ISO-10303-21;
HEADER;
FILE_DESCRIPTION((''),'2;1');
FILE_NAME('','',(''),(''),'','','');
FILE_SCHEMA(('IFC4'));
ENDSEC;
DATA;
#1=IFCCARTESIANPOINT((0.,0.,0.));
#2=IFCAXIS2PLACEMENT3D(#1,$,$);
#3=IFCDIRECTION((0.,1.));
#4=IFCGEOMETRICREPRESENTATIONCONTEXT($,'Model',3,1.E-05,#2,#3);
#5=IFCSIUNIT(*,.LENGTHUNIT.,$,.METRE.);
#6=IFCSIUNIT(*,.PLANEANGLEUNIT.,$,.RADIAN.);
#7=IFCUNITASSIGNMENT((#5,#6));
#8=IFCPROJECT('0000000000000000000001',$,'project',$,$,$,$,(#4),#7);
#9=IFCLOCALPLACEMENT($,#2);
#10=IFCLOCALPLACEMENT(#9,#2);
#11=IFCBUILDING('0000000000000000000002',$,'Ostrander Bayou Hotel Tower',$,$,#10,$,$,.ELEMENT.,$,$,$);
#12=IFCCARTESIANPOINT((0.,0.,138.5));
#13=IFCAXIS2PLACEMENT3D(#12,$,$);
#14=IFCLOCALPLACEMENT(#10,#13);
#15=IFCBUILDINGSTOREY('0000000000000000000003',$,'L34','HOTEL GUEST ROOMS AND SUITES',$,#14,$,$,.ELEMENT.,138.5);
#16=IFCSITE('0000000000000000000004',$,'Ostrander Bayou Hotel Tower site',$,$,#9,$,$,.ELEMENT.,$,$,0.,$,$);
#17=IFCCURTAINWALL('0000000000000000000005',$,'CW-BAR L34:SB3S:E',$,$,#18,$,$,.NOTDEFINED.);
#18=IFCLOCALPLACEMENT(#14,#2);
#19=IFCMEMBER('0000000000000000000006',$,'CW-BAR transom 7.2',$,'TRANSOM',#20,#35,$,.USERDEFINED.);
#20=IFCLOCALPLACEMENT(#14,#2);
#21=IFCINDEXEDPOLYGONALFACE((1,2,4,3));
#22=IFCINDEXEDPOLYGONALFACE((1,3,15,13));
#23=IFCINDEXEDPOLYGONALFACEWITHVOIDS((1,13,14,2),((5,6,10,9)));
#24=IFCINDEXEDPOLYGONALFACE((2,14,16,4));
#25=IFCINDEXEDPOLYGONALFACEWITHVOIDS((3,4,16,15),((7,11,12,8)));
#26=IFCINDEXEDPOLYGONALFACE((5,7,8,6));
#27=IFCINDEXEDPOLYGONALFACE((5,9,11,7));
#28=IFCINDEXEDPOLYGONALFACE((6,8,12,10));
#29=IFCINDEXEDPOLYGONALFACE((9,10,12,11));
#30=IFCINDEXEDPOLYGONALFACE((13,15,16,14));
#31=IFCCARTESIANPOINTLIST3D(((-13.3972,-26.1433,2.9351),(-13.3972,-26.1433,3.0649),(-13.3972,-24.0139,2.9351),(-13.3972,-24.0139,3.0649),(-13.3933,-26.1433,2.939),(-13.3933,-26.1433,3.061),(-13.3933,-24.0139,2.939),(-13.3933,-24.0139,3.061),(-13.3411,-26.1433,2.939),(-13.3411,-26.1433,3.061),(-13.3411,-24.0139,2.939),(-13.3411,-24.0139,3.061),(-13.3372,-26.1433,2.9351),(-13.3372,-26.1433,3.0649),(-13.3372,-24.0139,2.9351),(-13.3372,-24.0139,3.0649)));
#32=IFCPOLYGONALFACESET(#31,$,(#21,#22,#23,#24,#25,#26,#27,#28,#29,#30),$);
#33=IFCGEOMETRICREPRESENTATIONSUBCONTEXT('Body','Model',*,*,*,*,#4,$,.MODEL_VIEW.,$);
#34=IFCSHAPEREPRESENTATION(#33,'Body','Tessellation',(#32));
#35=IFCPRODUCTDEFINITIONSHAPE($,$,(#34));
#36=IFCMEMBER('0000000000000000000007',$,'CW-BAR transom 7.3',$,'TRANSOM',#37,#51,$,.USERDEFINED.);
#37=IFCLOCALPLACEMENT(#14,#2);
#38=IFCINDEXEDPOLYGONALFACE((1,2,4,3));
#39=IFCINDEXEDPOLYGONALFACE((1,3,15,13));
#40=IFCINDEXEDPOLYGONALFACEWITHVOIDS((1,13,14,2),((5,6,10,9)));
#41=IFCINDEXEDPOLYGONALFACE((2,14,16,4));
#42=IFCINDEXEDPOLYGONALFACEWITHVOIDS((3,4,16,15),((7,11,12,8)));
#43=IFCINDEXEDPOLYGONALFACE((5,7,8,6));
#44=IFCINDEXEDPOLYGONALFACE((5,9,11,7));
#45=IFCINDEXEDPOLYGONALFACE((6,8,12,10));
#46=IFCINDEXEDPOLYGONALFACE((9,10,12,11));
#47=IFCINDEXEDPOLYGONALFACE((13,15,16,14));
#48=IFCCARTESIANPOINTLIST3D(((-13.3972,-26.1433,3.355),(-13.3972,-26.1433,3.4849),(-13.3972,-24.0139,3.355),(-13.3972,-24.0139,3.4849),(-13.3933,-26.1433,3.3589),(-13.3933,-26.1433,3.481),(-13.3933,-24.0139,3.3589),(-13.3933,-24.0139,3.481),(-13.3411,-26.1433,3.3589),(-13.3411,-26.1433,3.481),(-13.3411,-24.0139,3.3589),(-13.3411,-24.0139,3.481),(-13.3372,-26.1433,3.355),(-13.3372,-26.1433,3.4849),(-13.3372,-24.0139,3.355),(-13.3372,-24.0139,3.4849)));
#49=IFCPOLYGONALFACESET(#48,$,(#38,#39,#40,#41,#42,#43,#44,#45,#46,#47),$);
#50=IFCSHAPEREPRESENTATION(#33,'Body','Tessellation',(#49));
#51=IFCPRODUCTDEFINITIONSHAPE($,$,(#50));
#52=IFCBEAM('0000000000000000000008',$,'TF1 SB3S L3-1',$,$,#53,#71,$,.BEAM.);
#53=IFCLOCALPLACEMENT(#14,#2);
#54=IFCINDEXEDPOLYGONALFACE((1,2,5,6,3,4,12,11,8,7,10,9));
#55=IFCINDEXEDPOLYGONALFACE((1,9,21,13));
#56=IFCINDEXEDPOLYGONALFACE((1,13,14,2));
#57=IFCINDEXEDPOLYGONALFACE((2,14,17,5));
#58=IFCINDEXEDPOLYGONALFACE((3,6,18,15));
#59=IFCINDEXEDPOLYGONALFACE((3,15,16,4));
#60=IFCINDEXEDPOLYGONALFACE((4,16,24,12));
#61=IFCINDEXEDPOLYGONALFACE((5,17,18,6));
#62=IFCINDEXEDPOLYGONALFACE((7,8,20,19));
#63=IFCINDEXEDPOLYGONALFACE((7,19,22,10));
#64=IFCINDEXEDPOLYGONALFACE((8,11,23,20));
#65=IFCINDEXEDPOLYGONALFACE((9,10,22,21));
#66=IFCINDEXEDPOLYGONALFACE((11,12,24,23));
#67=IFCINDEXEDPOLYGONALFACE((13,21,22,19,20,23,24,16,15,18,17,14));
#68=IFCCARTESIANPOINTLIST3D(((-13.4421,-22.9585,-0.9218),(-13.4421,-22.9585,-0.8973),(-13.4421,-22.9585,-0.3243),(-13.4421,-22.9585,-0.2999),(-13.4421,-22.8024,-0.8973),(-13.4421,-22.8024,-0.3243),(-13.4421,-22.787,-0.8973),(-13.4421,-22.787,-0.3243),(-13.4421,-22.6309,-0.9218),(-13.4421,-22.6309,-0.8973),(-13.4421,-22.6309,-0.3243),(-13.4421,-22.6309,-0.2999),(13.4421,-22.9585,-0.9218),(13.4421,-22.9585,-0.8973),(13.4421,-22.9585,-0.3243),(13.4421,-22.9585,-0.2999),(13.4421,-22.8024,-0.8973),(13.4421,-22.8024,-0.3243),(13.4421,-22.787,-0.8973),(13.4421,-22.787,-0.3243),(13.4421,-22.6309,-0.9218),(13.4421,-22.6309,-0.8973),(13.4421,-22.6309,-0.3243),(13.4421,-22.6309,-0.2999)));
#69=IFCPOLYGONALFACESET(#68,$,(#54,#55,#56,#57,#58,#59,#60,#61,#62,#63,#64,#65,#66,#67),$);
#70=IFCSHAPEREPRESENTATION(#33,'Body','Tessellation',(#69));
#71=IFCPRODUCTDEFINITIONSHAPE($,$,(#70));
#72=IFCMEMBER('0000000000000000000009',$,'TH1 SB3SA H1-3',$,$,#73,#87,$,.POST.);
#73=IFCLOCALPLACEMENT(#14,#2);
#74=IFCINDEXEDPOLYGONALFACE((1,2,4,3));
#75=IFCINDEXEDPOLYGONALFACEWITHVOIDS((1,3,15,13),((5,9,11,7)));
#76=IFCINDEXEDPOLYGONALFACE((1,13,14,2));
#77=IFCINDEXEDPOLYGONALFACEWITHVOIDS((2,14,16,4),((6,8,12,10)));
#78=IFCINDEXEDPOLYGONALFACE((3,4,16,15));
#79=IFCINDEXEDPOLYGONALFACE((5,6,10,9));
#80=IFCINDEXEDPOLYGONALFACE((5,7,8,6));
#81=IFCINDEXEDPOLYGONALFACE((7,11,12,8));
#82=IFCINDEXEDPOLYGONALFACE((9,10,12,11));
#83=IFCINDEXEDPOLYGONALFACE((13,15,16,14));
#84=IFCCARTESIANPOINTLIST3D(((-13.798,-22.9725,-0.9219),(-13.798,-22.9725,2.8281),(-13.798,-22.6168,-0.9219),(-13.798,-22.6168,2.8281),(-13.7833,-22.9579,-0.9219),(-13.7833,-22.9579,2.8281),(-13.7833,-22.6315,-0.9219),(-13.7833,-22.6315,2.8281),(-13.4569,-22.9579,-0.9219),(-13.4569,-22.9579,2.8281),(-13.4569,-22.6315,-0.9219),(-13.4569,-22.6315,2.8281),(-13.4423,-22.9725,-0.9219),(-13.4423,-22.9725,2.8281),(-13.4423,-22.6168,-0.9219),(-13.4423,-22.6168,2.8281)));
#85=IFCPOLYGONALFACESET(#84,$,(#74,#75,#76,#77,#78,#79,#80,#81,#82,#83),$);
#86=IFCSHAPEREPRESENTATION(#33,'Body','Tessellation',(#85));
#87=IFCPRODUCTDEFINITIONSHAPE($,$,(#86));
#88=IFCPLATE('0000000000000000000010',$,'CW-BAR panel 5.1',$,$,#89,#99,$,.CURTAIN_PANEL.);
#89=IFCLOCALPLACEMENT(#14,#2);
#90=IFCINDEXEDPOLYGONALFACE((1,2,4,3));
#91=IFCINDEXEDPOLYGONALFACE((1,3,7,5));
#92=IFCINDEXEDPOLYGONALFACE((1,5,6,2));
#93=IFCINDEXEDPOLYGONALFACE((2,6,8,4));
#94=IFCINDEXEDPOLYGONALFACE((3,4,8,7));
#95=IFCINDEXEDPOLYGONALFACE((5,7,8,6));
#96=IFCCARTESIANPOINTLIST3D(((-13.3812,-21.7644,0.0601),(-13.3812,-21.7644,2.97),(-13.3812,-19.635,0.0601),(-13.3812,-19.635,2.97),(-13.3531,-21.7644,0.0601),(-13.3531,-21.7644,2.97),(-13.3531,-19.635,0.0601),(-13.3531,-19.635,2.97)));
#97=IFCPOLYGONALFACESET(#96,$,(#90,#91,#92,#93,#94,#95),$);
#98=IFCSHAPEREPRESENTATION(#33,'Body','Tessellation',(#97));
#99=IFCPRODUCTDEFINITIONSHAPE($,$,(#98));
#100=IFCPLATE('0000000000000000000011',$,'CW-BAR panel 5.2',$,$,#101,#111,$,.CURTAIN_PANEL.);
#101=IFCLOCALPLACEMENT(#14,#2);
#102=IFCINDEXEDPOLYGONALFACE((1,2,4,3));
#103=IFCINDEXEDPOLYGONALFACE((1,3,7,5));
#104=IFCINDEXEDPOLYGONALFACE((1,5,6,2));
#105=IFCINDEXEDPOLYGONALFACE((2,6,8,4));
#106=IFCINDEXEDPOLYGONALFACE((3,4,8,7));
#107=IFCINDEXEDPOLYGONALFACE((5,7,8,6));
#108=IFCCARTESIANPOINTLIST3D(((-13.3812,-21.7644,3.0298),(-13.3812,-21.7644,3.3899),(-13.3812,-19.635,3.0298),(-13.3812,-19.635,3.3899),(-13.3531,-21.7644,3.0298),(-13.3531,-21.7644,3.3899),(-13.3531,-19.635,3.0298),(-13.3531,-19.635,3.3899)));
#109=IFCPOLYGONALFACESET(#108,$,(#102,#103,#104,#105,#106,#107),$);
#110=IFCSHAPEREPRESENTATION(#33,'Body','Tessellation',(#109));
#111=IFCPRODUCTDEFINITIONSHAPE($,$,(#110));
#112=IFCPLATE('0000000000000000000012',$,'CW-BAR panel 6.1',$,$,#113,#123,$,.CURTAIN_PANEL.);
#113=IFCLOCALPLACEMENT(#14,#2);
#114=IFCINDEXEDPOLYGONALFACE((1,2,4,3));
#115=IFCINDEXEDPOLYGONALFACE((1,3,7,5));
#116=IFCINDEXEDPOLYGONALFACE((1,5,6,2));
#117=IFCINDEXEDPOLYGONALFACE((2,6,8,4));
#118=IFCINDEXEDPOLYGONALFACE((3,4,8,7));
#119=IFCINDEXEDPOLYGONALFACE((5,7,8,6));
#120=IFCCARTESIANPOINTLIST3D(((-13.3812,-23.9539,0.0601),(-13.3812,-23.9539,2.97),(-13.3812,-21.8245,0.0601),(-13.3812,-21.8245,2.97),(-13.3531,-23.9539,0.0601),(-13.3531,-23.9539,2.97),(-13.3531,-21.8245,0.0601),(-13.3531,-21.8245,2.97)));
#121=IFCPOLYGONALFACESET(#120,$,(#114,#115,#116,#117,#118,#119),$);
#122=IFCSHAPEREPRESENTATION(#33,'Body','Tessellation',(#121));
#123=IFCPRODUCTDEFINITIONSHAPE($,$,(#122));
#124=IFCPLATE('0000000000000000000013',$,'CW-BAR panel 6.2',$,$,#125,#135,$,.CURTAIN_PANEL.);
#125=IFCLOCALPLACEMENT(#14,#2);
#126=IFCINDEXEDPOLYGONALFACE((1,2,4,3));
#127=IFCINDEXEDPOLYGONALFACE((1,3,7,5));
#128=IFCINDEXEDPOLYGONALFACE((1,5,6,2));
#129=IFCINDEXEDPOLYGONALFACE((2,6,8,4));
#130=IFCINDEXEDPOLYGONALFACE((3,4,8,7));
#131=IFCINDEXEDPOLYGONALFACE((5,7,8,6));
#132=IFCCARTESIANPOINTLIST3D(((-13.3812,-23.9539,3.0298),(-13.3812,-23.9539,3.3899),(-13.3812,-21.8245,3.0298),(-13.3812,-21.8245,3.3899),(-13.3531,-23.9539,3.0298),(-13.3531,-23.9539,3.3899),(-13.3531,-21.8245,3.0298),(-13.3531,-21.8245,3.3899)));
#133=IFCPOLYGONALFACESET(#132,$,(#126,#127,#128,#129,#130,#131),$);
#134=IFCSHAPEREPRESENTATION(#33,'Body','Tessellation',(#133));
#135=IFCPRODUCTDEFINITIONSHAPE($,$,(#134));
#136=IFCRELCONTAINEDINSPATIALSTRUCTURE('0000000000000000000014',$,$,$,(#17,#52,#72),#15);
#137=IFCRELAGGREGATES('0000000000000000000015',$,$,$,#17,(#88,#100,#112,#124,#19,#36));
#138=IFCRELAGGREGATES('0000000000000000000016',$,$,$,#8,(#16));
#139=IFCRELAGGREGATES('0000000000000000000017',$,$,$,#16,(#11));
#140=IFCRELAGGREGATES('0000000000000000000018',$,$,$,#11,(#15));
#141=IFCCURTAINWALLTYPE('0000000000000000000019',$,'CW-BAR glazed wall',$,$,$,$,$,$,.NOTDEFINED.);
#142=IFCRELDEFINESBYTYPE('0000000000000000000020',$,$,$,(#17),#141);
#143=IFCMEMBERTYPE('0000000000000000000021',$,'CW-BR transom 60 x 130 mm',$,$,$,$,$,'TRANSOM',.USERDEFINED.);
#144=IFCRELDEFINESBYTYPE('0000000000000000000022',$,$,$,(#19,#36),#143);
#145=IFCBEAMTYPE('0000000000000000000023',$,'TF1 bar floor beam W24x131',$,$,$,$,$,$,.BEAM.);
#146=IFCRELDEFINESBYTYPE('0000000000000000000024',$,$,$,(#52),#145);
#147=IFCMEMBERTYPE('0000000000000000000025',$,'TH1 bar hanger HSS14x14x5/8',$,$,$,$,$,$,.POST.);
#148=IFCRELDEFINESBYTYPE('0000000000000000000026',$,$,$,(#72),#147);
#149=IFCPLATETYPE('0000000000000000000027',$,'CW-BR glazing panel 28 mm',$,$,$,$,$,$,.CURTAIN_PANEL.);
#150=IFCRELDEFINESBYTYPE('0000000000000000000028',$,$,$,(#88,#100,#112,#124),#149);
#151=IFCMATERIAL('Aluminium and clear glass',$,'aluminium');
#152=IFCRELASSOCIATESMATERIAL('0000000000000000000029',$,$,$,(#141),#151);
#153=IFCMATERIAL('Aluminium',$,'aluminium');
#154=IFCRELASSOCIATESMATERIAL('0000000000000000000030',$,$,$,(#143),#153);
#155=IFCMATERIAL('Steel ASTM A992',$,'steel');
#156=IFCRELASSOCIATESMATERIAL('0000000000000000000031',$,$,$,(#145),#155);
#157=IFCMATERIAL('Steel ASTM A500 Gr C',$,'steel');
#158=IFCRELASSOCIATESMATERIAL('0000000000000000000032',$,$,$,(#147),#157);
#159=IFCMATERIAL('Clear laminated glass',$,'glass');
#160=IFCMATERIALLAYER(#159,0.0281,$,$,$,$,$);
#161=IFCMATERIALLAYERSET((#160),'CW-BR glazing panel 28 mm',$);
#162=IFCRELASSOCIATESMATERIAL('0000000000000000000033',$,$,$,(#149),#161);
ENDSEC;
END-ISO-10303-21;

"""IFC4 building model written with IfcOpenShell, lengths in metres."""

from ifc_helpers import new_model, si_unit, direction, frame, origin, origin_2d, place, context, subcontext, project, spatial, rectangle, hollow_rectangle, i_section, extrude, material, layer, layer_set, material_profile, profile_set, type_object, element, aggregate, save


model = new_model("IFC4")

# Units and contexts
model_context = context("Model", 3, precision=1e-05, world=origin(), true_north=direction((0.0, 1.0)))
body_context = subcontext(model_context, "Body", "Model", "MODEL_VIEW")
ifc_project = project(units=[si_unit("LENGTHUNIT", "METRE"), si_unit("PLANEANGLEUNIT", "RADIAN")], contexts=[model_context])

# Site, building, storey
site_placement = place(None, origin())
site = spatial("IfcSite", under=ifc_project, at=site_placement, Name="Ostrander Bayou Hotel Tower site", CompositionType="ELEMENT", RefElevation=0.0)
building_placement = place(site_placement, origin())
building = spatial("IfcBuilding", under=site, at=building_placement, Name="Ostrander Bayou Hotel Tower", CompositionType="ELEMENT")
storey_placement = place(building_placement, frame((0.0, 0.0, 138.5)))
storey = spatial("IfcBuildingStorey", under=building, at=storey_placement, Name="L34", Description="HOTEL GUEST ROOMS AND SUITES", CompositionType="ELEMENT", Elevation=138.5)

# Curtain wall, members
ifc_material_1 = material(Name="Aluminium and clear glass", Category="aluminium")
curtain_wall_type = type_object("IfcCurtainWallType", Name="CW-BAR glazed wall", PredefinedType="NOTDEFINED", material=ifc_material_1)
curtain_wall_placement = place(storey_placement, origin())
curtain_wall = element("IfcCurtainWall", 1, at=curtain_wall_placement, inside=storey, type_object=curtain_wall_type, Name="CW-BAR L34:SB3S:E", PredefinedType="NOTDEFINED")
ifc_material_2 = material(Name="Aluminium", Category="aluminium")
ifc_material_profile_1 = material_profile(ifc_material_2, hollow_rectangle(XDim=0.0601, YDim=0.1299, WallThickness=0.0039, at=origin_2d()))
ifc_profile_set_1 = profile_set([ifc_material_profile_1], Name="Aluminium")
member_type_1 = type_object("IfcMemberType", Name="CW-BR transom 60 x 130 mm", ElementType="TRANSOM", PredefinedType="USERDEFINED", material=ifc_profile_set_1)
member_1_placement = place(storey_placement, frame((-13.3672, -24.0139, 3.0), z_axis=(0.0, -1.0, 0.0), x_axis=(1.0, 0.0, 0.0)))
member_1 = element("IfcMember", 2, at=member_1_placement, type_object=member_type_1, Name="CW-BAR transom 7.2", ObjectType="TRANSOM", PredefinedType="USERDEFINED", context=body_context, shape_type="SweptSolid", body=[
    extrude(hollow_rectangle(XDim=0.0601, YDim=0.1299, WallThickness=0.0039, at=origin_2d()), origin(), (0.0, 0.0, 1.0), 2.1294),
])
member_2_placement = place(storey_placement, frame((-13.3672, -24.0139, 3.4199), z_axis=(0.0, -1.0, 0.0), x_axis=(1.0, 0.0, 0.0)))
member_2 = element("IfcMember", 3, at=member_2_placement, type_object=member_type_1, Name="CW-BAR transom 7.3", ObjectType="TRANSOM", PredefinedType="USERDEFINED", context=body_context, shape_type="SweptSolid", body=[
    extrude(hollow_rectangle(XDim=0.0601, YDim=0.1299, WallThickness=0.0039, at=origin_2d()), origin(), (0.0, 0.0, 1.0), 2.1294),
])

# Beam
ifc_material_3 = material(Name="Steel ASTM A992", Category="steel")
ifc_material_profile_2 = material_profile(ifc_material_3, i_section(OverallWidth=0.3276, OverallDepth=0.6218, WebThickness=0.0154, FlangeThickness=0.0244, at=origin_2d()))
ifc_profile_set_2 = profile_set([ifc_material_profile_2], Name="Steel ASTM A992")
beam_type = type_object("IfcBeamType", Name="TF1 bar floor beam W24x131", PredefinedType="BEAM", material=ifc_profile_set_2)
beam_placement = place(storey_placement, frame((-13.4421, -22.7947, -0.6108), z_axis=(1.0, 0.0, 0.0), x_axis=(0.0, 1.0, 0.0)))
element("IfcBeam", 4, at=beam_placement, inside=storey, type_object=beam_type, Name="TF1 SB3S L3-1", PredefinedType="BEAM", context=body_context, shape_type="SweptSolid", body=[
    extrude(i_section(OverallWidth=0.3276, OverallDepth=0.6218, WebThickness=0.0154, FlangeThickness=0.0244, at=origin_2d()), origin(), (0.0, 0.0, 1.0), 26.8843),
])

# Member
ifc_material_4 = material(Name="Steel ASTM A500 Gr C", Category="steel")
ifc_material_profile_3 = material_profile(ifc_material_4, hollow_rectangle(XDim=0.3557, YDim=0.3557, WallThickness=0.0146, at=origin_2d()))
ifc_profile_set_3 = profile_set([ifc_material_profile_3], Name="Steel ASTM A500 Gr C")
member_type_2 = type_object("IfcMemberType", Name="TH1 bar hanger HSS14x14x5/8", PredefinedType="POST", material=ifc_profile_set_3)
member_3_placement = place(storey_placement, frame((-13.6201, -22.7947, -0.9219), z_axis=(0.0, 0.0, 1.0), x_axis=(1.0, 0.0, 0.0)))
element("IfcMember", 5, at=member_3_placement, inside=storey, type_object=member_type_2, Name="TH1 SB3SA H1-3", PredefinedType="POST", context=body_context, shape_type="SweptSolid", body=[
    extrude(hollow_rectangle(XDim=0.3557, YDim=0.3557, WallThickness=0.0146, at=origin_2d()), origin(), (0.0, 0.0, 1.0), 3.75),
])

# Plates
ifc_material_5 = material(Name="Clear laminated glass", Category="glass")
ifc_layer_1 = layer(ifc_material_5, 0.0281)
ifc_layer_set_1 = layer_set([ifc_layer_1], Name="CW-BR glazing panel 28 mm")
plate_type = type_object("IfcPlateType", Name="CW-BR glazing panel 28 mm", PredefinedType="CURTAIN_PANEL", material=ifc_layer_set_1)
plate_1_placement = place(storey_placement, frame((-13.3672, -20.6997, 0.0601), z_axis=(0.0, 0.0, 1.0), x_axis=(0.0, -1.0, 0.0)))
plate_1 = element("IfcPlate", 6, at=plate_1_placement, type_object=plate_type, Name="CW-BAR panel 5.1", PredefinedType="CURTAIN_PANEL", context=body_context, shape_type="SweptSolid", body=[
    extrude(rectangle(XDim=2.1294, YDim=0.0281, at=origin_2d()), origin(), (0.0, 0.0, 1.0), 2.9099),
])
plate_2_placement = place(storey_placement, frame((-13.3672, -20.6997, 3.0298), z_axis=(0.0, 0.0, 1.0), x_axis=(0.0, -1.0, 0.0)))
plate_2 = element("IfcPlate", 7, at=plate_2_placement, type_object=plate_type, Name="CW-BAR panel 5.2", PredefinedType="CURTAIN_PANEL", context=body_context, shape_type="SweptSolid", body=[
    extrude(rectangle(XDim=2.1294, YDim=0.0281, at=origin_2d()), origin(), (0.0, 0.0, 1.0), 0.3601),
])
plate_3_placement = place(storey_placement, frame((-13.3672, -22.8892, 0.0601), z_axis=(0.0, 0.0, 1.0), x_axis=(0.0, -1.0, 0.0)))
plate_3 = element("IfcPlate", 8, at=plate_3_placement, type_object=plate_type, Name="CW-BAR panel 6.1", PredefinedType="CURTAIN_PANEL", context=body_context, shape_type="SweptSolid", body=[
    extrude(rectangle(XDim=2.1294, YDim=0.0281, at=origin_2d()), origin(), (0.0, 0.0, 1.0), 2.9099),
])
plate_4_placement = place(storey_placement, frame((-13.3672, -22.8892, 3.0298), z_axis=(0.0, 0.0, 1.0), x_axis=(0.0, -1.0, 0.0)))
plate_4 = element("IfcPlate", 9, at=plate_4_placement, type_object=plate_type, Name="CW-BAR panel 6.2", PredefinedType="CURTAIN_PANEL", context=body_context, shape_type="SweptSolid", body=[
    extrude(rectangle(XDim=2.1294, YDim=0.0281, at=origin_2d()), origin(), (0.0, 0.0, 1.0), 0.3601),
])
aggregate(curtain_wall, [plate_1, plate_2, plate_3, plate_4, member_1, member_2])

save(model, "model.ifc")
